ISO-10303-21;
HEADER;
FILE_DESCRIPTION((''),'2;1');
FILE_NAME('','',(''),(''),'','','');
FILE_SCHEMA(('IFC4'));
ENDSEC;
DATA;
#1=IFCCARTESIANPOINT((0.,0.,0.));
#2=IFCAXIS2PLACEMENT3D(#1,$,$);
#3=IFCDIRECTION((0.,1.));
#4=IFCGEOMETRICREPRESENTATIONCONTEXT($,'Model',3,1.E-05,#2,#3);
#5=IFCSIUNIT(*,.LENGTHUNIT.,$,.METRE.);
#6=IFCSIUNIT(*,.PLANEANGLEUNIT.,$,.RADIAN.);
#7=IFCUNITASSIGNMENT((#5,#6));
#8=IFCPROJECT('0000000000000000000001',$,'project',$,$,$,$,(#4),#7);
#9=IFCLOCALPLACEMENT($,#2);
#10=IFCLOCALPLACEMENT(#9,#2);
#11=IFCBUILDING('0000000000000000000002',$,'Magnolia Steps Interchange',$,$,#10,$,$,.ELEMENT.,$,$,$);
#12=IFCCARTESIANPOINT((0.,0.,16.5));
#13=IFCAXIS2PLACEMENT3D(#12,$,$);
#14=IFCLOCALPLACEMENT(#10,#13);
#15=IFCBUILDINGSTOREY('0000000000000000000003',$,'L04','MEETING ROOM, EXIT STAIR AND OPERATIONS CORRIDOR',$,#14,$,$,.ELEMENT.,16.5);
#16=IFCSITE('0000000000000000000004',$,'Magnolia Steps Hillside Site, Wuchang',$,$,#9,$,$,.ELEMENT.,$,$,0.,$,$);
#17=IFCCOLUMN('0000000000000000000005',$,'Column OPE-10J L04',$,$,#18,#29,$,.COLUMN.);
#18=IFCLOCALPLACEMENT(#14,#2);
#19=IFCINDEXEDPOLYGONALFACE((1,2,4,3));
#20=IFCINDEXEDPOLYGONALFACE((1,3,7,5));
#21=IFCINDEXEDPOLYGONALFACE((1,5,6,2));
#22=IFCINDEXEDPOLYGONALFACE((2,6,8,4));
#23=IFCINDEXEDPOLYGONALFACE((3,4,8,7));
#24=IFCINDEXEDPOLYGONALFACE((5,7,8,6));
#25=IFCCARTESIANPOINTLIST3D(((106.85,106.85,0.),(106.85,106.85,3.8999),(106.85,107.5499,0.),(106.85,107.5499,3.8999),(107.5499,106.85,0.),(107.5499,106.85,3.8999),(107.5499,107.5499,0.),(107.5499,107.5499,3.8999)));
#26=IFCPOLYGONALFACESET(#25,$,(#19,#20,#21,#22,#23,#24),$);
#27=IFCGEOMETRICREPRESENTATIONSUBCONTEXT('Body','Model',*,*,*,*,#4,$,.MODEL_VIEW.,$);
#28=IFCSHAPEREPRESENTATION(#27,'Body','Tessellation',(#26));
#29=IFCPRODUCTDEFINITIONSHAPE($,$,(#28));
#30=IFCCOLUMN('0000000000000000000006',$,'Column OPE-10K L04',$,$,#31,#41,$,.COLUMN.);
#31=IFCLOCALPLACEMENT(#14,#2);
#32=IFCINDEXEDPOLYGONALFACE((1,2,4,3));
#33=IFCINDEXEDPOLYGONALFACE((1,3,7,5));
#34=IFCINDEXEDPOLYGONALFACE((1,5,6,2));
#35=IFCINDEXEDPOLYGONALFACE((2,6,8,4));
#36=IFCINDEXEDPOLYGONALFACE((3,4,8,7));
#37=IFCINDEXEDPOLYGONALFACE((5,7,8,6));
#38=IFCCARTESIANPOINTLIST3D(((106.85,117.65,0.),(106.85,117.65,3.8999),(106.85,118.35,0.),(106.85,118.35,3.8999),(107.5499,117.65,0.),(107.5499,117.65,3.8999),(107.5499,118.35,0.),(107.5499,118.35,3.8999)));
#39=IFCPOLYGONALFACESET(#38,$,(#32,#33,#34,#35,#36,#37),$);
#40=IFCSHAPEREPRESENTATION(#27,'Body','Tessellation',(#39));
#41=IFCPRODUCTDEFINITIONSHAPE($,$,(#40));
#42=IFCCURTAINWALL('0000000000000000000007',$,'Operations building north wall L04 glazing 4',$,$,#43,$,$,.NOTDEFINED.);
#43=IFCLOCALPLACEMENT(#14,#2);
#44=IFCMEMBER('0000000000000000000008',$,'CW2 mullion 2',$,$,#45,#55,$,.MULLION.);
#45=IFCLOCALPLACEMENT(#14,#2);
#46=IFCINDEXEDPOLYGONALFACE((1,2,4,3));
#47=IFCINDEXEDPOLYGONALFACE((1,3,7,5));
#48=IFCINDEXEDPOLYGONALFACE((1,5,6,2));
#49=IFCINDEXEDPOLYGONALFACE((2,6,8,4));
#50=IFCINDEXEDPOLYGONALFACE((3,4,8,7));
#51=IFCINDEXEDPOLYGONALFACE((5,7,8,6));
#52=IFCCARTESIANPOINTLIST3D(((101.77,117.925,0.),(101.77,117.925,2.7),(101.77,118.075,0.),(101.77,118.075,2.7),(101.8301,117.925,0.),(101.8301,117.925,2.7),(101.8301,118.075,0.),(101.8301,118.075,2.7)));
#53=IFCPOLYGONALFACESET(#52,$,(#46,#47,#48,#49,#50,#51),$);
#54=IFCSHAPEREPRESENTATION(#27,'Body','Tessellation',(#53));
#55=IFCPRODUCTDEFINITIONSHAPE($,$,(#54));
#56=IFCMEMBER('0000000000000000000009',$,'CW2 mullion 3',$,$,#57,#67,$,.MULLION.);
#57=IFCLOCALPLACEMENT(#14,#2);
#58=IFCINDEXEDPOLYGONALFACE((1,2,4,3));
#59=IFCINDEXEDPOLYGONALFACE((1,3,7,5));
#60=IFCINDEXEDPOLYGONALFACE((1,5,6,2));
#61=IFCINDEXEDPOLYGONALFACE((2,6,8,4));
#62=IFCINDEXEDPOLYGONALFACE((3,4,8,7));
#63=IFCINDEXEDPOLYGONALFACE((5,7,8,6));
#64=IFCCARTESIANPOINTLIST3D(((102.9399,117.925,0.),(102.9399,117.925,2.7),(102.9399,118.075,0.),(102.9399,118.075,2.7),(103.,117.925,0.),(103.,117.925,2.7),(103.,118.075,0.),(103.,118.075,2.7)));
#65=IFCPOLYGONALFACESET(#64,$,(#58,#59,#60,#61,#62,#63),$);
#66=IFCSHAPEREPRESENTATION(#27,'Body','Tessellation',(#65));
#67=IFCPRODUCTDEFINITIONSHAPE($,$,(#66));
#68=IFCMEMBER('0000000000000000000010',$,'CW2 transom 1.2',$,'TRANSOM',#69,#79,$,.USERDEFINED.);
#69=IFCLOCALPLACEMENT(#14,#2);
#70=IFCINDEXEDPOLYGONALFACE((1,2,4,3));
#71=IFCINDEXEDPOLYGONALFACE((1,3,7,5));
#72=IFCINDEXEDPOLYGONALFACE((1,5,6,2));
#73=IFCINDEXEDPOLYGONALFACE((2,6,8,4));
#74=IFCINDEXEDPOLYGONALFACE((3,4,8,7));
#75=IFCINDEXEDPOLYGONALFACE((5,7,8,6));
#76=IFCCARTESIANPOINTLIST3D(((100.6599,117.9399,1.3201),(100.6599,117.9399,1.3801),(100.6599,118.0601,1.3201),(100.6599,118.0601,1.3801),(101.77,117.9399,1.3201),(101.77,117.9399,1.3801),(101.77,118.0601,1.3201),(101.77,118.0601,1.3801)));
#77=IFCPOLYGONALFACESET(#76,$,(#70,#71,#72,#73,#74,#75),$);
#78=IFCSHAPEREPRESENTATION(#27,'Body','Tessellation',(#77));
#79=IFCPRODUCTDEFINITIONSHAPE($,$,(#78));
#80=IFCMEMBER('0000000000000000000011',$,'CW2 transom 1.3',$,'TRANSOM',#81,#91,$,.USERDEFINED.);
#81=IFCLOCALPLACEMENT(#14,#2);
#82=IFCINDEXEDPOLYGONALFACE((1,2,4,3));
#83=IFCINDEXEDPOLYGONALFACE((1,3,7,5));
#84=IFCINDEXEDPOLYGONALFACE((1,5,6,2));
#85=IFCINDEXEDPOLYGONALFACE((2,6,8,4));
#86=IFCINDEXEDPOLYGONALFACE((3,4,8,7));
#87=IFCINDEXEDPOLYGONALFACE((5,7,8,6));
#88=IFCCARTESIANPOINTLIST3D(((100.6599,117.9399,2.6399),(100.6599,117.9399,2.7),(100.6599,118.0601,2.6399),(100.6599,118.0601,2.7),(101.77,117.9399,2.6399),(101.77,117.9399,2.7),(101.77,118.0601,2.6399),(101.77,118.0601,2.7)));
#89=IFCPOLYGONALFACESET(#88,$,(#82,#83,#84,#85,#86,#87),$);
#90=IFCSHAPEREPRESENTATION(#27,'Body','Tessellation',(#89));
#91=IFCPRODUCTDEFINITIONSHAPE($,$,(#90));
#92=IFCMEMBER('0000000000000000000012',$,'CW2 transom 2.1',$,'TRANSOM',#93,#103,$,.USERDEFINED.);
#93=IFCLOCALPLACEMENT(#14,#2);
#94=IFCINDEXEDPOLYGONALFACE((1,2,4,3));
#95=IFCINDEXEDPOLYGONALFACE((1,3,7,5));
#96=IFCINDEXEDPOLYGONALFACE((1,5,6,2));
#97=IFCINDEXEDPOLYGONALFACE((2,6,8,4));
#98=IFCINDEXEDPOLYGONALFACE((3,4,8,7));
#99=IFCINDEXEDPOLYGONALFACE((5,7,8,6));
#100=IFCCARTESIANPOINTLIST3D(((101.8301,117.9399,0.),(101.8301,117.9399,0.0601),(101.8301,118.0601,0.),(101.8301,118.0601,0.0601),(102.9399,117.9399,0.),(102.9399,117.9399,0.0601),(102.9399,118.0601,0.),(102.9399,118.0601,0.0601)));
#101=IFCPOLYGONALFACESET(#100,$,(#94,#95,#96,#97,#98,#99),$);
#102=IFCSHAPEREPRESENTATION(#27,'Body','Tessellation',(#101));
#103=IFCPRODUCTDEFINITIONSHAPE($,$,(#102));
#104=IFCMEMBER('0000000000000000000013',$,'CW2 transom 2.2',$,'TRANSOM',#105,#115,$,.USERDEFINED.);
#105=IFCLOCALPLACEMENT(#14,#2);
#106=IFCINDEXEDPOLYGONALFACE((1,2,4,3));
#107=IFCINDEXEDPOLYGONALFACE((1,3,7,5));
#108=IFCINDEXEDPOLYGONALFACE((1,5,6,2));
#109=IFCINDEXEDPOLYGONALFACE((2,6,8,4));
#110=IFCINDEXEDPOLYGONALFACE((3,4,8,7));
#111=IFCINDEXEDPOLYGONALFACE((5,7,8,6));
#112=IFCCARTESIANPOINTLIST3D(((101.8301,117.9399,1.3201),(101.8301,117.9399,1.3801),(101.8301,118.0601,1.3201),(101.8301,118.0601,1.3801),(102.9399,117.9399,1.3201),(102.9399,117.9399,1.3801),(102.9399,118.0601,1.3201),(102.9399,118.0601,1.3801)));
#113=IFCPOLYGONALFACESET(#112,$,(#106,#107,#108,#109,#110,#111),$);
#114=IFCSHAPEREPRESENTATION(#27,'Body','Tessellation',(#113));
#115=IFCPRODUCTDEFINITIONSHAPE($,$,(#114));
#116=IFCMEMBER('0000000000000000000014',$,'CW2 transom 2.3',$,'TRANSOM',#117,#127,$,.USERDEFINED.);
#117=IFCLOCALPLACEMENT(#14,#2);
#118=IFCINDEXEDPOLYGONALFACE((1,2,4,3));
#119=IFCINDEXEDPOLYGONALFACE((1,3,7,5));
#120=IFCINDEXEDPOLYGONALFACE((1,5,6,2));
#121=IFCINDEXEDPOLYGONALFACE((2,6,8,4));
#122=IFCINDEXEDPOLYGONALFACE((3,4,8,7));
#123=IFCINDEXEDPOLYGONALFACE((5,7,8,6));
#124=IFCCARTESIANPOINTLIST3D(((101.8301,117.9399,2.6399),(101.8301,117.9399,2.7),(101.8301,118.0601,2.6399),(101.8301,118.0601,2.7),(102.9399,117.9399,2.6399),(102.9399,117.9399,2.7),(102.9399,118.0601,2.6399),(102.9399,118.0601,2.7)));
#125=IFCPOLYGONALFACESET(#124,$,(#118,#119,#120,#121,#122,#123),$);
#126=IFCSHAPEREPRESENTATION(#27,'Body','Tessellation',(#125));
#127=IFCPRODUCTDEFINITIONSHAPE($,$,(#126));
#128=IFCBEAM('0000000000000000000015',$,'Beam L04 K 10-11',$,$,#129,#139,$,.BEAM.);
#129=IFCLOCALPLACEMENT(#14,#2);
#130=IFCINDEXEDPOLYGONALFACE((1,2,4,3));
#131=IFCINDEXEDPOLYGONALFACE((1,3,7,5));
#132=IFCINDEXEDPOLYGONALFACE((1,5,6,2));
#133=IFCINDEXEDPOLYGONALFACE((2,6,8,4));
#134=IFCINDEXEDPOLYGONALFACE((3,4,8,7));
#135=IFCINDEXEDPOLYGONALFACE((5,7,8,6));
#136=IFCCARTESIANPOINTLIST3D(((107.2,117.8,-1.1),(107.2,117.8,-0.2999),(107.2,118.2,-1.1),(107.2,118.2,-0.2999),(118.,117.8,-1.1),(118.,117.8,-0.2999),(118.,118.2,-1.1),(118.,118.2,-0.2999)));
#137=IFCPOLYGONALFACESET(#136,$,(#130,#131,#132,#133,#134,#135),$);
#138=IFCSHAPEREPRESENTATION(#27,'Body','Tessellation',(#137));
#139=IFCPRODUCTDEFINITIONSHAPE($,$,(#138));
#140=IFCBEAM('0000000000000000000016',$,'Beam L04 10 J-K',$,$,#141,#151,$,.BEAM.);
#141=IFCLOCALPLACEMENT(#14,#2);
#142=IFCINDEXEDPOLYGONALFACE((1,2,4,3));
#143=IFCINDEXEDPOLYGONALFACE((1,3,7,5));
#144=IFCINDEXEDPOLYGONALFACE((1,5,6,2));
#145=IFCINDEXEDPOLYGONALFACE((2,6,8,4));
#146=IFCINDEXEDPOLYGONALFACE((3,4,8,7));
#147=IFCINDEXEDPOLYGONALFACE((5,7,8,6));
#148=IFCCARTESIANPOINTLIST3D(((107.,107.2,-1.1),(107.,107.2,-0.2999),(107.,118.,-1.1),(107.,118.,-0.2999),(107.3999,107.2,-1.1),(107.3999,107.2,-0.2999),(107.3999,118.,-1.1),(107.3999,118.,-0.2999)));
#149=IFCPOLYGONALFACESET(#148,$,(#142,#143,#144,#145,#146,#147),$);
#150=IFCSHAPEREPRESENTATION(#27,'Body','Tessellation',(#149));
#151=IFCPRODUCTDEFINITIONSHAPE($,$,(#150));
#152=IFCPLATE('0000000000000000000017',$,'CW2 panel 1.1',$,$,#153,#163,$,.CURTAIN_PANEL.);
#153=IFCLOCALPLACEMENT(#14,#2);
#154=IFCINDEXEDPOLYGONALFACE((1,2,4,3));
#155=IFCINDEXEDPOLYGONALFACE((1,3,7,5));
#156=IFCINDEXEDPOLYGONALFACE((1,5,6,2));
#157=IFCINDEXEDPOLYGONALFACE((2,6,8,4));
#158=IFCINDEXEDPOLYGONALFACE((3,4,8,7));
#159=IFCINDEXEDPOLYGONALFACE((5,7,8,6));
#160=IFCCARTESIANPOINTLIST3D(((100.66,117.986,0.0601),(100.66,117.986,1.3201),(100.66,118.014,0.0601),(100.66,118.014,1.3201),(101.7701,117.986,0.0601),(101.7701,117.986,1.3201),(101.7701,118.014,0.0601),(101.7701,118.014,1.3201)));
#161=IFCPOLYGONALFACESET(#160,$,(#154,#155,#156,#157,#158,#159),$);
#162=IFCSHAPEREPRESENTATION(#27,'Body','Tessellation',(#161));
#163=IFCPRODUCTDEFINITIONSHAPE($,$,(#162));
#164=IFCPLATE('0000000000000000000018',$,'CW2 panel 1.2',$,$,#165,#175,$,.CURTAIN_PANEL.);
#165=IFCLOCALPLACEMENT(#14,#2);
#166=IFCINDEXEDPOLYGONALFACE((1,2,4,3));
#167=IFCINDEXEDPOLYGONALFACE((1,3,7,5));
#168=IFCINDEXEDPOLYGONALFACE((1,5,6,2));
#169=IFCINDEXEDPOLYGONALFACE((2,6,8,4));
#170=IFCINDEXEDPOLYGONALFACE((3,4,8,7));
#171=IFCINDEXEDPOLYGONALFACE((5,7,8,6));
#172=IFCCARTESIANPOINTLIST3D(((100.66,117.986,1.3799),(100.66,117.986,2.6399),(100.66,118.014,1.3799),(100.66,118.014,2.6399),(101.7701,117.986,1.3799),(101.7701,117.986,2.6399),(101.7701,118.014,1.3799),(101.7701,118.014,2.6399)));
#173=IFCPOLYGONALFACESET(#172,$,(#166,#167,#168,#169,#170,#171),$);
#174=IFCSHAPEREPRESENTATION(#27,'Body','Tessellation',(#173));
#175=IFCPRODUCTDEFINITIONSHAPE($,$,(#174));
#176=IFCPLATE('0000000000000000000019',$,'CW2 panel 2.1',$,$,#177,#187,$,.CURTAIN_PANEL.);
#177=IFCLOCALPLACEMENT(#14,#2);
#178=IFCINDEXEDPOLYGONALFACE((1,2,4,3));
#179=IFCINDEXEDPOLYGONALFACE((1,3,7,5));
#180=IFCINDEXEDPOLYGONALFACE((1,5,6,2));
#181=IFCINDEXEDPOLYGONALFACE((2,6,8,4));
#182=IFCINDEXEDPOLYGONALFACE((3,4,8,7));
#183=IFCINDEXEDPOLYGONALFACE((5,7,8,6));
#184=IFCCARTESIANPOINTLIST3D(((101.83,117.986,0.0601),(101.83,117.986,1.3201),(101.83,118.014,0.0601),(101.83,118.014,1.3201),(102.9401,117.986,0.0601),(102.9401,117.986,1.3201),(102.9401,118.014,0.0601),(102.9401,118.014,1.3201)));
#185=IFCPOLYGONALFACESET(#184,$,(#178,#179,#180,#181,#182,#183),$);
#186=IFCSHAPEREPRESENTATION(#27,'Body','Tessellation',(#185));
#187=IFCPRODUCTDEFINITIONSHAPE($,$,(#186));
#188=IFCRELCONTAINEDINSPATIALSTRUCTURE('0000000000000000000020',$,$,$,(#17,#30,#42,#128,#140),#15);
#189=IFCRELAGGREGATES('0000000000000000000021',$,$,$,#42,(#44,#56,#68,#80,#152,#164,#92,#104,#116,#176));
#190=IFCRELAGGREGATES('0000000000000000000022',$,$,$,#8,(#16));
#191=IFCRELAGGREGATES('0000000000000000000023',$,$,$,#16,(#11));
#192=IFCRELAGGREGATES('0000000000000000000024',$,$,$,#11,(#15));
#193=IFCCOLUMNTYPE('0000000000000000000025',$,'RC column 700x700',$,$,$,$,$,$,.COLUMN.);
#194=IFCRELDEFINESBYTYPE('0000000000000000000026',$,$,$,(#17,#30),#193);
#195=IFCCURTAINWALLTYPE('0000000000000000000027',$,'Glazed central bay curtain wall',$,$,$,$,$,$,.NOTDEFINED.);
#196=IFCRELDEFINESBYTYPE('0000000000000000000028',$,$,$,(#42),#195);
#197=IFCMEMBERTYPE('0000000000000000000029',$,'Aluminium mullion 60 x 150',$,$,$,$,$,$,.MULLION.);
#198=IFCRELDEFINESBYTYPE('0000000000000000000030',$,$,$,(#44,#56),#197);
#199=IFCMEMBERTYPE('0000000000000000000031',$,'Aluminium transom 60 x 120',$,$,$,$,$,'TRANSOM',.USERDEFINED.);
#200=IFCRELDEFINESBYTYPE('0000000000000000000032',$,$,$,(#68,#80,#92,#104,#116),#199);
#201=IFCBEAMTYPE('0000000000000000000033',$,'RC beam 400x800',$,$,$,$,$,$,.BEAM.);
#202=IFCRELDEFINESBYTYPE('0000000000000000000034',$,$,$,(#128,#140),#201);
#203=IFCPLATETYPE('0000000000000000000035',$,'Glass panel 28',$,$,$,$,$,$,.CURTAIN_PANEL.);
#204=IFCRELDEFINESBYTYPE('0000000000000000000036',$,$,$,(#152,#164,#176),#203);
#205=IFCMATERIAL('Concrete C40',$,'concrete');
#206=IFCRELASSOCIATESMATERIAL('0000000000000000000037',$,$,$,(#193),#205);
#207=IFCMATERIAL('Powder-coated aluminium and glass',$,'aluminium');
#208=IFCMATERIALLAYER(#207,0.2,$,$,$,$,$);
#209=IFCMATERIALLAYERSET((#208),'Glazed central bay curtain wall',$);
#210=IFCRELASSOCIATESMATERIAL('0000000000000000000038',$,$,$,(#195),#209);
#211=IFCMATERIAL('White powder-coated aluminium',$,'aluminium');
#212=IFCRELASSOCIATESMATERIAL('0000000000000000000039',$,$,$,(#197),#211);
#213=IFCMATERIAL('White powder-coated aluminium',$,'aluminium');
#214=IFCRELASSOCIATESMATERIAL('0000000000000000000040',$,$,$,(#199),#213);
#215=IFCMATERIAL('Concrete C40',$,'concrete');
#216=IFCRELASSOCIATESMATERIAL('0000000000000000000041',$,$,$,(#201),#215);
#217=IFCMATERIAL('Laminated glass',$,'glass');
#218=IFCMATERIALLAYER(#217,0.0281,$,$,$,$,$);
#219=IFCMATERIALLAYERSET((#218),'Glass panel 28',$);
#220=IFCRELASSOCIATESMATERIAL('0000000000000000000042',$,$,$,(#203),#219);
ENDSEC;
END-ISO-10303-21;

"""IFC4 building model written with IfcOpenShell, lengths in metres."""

from ifc_helpers import new_model, si_unit, direction, frame, origin, origin_2d, place, context, subcontext, project, spatial, rectangle, extrude, material, layer, layer_set, material_profile, profile_set, type_object, element, aggregate, save


model = new_model("IFC4")

# Units and contexts
model_context = context("Model", 3, precision=1e-05, world=origin(), true_north=direction((0.0, 1.0)))
body_context = subcontext(model_context, "Body", "Model", "MODEL_VIEW")
ifc_project = project(units=[si_unit("LENGTHUNIT", "METRE"), si_unit("PLANEANGLEUNIT", "RADIAN")], contexts=[model_context])

# Site, building, storey
site_placement = place(None, origin())
site = spatial("IfcSite", under=ifc_project, at=site_placement, Name="Magnolia Steps Hillside Site, Wuchang", CompositionType="ELEMENT", RefElevation=0.0)
building_placement = place(site_placement, origin())
building = spatial("IfcBuilding", under=site, at=building_placement, Name="Magnolia Steps Interchange", CompositionType="ELEMENT")
storey_placement = place(building_placement, frame((0.0, 0.0, 16.5)))
storey = spatial("IfcBuildingStorey", under=building, at=storey_placement, Name="L04", Description="MEETING ROOM, EXIT STAIR AND OPERATIONS CORRIDOR", CompositionType="ELEMENT", Elevation=16.5)

# Columns
ifc_material_1 = material(Name="Concrete C40", Category="concrete")
ifc_material_profile_1 = material_profile(ifc_material_1, rectangle(XDim=0.7, YDim=0.7, at=origin_2d()), Name="RC700x700")
ifc_profile_set_1 = profile_set([ifc_material_profile_1], Name="Concrete C40")
column_type = type_object("IfcColumnType", Name="RC column 700x700", PredefinedType="COLUMN", material=ifc_profile_set_1)
for number, where, z_axis, x_axis, name in (
    (1, (107.2, 107.2, 0.0), (0.0, 0.0, 1.0), (1.0, 0.0, 0.0), "Column OPE-10J L04"),
    (2, (107.2, 118.0, 0.0), (0.0, 0.0, 1.0), (1.0, 0.0, 0.0), "Column OPE-10K L04"),
):
    element("IfcColumn", number, at=place(storey_placement, frame(where, z_axis=z_axis, x_axis=x_axis)), inside=storey, type_object=column_type, Name=name, PredefinedType="COLUMN", context=body_context, shape_type="SweptSolid", body=[
        extrude(rectangle(XDim=0.7, YDim=0.7, at=origin_2d()), origin(), (0.0, 0.0, 1.0), 3.8999),
    ])

# Curtain wall, members
ifc_material_2 = material(Name="Powder-coated aluminium and glass", Category="aluminium")
ifc_layer_1 = layer(ifc_material_2, 0.2)
ifc_layer_set_1 = layer_set([ifc_layer_1], Name="Glazed central bay curtain wall")
curtain_wall_type = type_object("IfcCurtainWallType", Name="Glazed central bay curtain wall", PredefinedType="NOTDEFINED", material=ifc_layer_set_1)
curtain_wall_placement = place(storey_placement, origin())
curtain_wall = element("IfcCurtainWall", 3, at=curtain_wall_placement, inside=storey, type_object=curtain_wall_type, Name="Operations building north wall L04 glazing 4", PredefinedType="NOTDEFINED")
ifc_material_3 = material(Name="White powder-coated aluminium", Category="aluminium")
ifc_material_profile_2 = material_profile(ifc_material_3, rectangle(XDim=0.0601, YDim=0.1499, at=origin_2d()), Name="Aluminium mullion 60 x 150")
ifc_profile_set_2 = profile_set([ifc_material_profile_2], Name="White powder-coated aluminium")
member_type_1 = type_object("IfcMemberType", Name="Aluminium mullion 60 x 150", PredefinedType="MULLION", material=ifc_profile_set_2)
member_1_placement = place(storey_placement, frame((101.8, 118.0, 0.0), z_axis=(0.0, 0.0, 1.0), x_axis=(1.0, 0.0, 0.0)))
member_1 = element("IfcMember", 4, at=member_1_placement, type_object=member_type_1, Name="CW2 mullion 2", PredefinedType="MULLION", context=body_context, shape_type="SweptSolid", body=[
    extrude(rectangle(XDim=0.0601, YDim=0.1499, at=origin_2d()), origin(), (0.0, 0.0, 1.0), 2.7),
])
member_2_placement = place(storey_placement, frame((102.97, 118.0, 0.0), z_axis=(0.0, 0.0, 1.0), x_axis=(1.0, 0.0, 0.0)))
member_2 = element("IfcMember", 5, at=member_2_placement, type_object=member_type_1, Name="CW2 mullion 3", PredefinedType="MULLION", context=body_context, shape_type="SweptSolid", body=[
    extrude(rectangle(XDim=0.0601, YDim=0.1499, at=origin_2d()), origin(), (0.0, 0.0, 1.0), 2.7),
])
ifc_material_4 = material(Name="White powder-coated aluminium", Category="aluminium")
ifc_material_profile_3 = material_profile(ifc_material_4, rectangle(XDim=0.0601, YDim=0.1201, at=origin_2d()), Name="Aluminium transom 60 x 120")
ifc_profile_set_3 = profile_set([ifc_material_profile_3], Name="White powder-coated aluminium")
member_type_2 = type_object("IfcMemberType", Name="Aluminium transom 60 x 120", ElementType="TRANSOM", PredefinedType="USERDEFINED", material=ifc_profile_set_3)
member_3_placement = place(storey_placement, frame((100.6599, 118.0, 1.3501), z_axis=(1.0, 0.0, 0.0), x_axis=(0.0, 0.0, 1.0)))
member_3 = element("IfcMember", 6, at=member_3_placement, type_object=member_type_2, Name="CW2 transom 1.2", ObjectType="TRANSOM", PredefinedType="USERDEFINED", context=body_context, shape_type="SweptSolid", body=[
    extrude(rectangle(XDim=0.0601, YDim=0.1201, at=origin_2d()), origin(), (0.0, 0.0, 1.0), 1.1101),
])
member_4_placement = place(storey_placement, frame((100.6599, 118.0, 2.6699), z_axis=(1.0, 0.0, 0.0), x_axis=(0.0, 0.0, 1.0)))
member_4 = element("IfcMember", 7, at=member_4_placement, type_object=member_type_2, Name="CW2 transom 1.3", ObjectType="TRANSOM", PredefinedType="USERDEFINED", context=body_context, shape_type="SweptSolid", body=[
    extrude(rectangle(XDim=0.0601, YDim=0.1201, at=origin_2d()), origin(), (0.0, 0.0, 1.0), 1.1101),
])
member_5_placement = place(storey_placement, frame((101.8301, 118.0, 0.03), z_axis=(1.0, 0.0, 0.0), x_axis=(0.0, 0.0, 1.0)))
member_5 = element("IfcMember", 8, at=member_5_placement, type_object=member_type_2, Name="CW2 transom 2.1", ObjectType="TRANSOM", PredefinedType="USERDEFINED", context=body_context, shape_type="SweptSolid", body=[
    extrude(rectangle(XDim=0.0601, YDim=0.1201, at=origin_2d()), origin(), (0.0, 0.0, 1.0), 1.1099),
])
member_6_placement = place(storey_placement, frame((101.8301, 118.0, 1.3501), z_axis=(1.0, 0.0, 0.0), x_axis=(0.0, 0.0, 1.0)))
member_6 = element("IfcMember", 9, at=member_6_placement, type_object=member_type_2, Name="CW2 transom 2.2", ObjectType="TRANSOM", PredefinedType="USERDEFINED", context=body_context, shape_type="SweptSolid", body=[
    extrude(rectangle(XDim=0.0601, YDim=0.1201, at=origin_2d()), origin(), (0.0, 0.0, 1.0), 1.1099),
])
member_7_placement = place(storey_placement, frame((101.8301, 118.0, 2.6699), z_axis=(1.0, 0.0, 0.0), x_axis=(0.0, 0.0, 1.0)))
member_7 = element("IfcMember", 10, at=member_7_placement, type_object=member_type_2, Name="CW2 transom 2.3", ObjectType="TRANSOM", PredefinedType="USERDEFINED", context=body_context, shape_type="SweptSolid", body=[
    extrude(rectangle(XDim=0.0601, YDim=0.1201, at=origin_2d()), origin(), (0.0, 0.0, 1.0), 1.1099),
])

# Beams
ifc_material_5 = material(Name="Concrete C40", Category="concrete")
ifc_material_profile_4 = material_profile(ifc_material_5, rectangle(XDim=0.3999, YDim=0.8, at=origin_2d()), Name="RC400x800")
ifc_profile_set_4 = profile_set([ifc_material_profile_4], Name="Concrete C40")
beam_type = type_object("IfcBeamType", Name="RC beam 400x800", PredefinedType="BEAM", material=ifc_profile_set_4)
for number, where, z_axis, x_axis, name in (
    (11, (107.2, 118.0, -0.7), (1.0, 0.0, 0.0), (0.0, 1.0, 0.0), "Beam L04 K 10-11"),
    (12, (107.2, 107.2, -0.7), (0.0, 1.0, 0.0), (-1.0, 0.0, 0.0), "Beam L04 10 J-K"),
):
    element("IfcBeam", number, at=place(storey_placement, frame(where, z_axis=z_axis, x_axis=x_axis)), inside=storey, type_object=beam_type, Name=name, PredefinedType="BEAM", context=body_context, shape_type="SweptSolid", body=[
        extrude(rectangle(XDim=0.3999, YDim=0.8, at=origin_2d()), origin(), (0.0, 0.0, 1.0), 10.8),
    ])

# Plates
ifc_material_6 = material(Name="Laminated glass", Category="glass")
ifc_layer_2 = layer(ifc_material_6, 0.0281)
ifc_layer_set_2 = layer_set([ifc_layer_2], Name="Glass panel 28")
plate_type = type_object("IfcPlateType", Name="Glass panel 28", PredefinedType="CURTAIN_PANEL", material=ifc_layer_set_2)
plate_1_placement = place(storey_placement, frame((101.2151, 118.0, 0.0601), z_axis=(0.0, 0.0, 1.0), x_axis=(1.0, 0.0, 0.0)))
plate_1 = element("IfcPlate", 13, at=plate_1_placement, type_object=plate_type, Name="CW2 panel 1.1", PredefinedType="CURTAIN_PANEL", context=body_context, shape_type="SweptSolid", body=[
    extrude(rectangle(XDim=1.1101, YDim=0.0281, at=origin_2d()), origin(), (0.0, 0.0, 1.0), 1.26),
])
plate_2_placement = place(storey_placement, frame((101.2151, 118.0, 1.3799), z_axis=(0.0, 0.0, 1.0), x_axis=(1.0, 0.0, 0.0)))
plate_2 = element("IfcPlate", 14, at=plate_2_placement, type_object=plate_type, Name="CW2 panel 1.2", PredefinedType="CURTAIN_PANEL", context=body_context, shape_type="SweptSolid", body=[
    extrude(rectangle(XDim=1.1101, YDim=0.0281, at=origin_2d()), origin(), (0.0, 0.0, 1.0), 1.26),
])
plate_3_placement = place(storey_placement, frame((102.385, 118.0, 0.0601), z_axis=(0.0, 0.0, 1.0), x_axis=(1.0, 0.0, 0.0)))
plate_3 = element("IfcPlate", 15, at=plate_3_placement, type_object=plate_type, Name="CW2 panel 2.1", PredefinedType="CURTAIN_PANEL", context=body_context, shape_type="SweptSolid", body=[
    extrude(rectangle(XDim=1.1101, YDim=0.0281, at=origin_2d()), origin(), (0.0, 0.0, 1.0), 1.26),
])
aggregate(curtain_wall, [member_1, member_2, member_3, member_4, plate_1, plate_2, member_5, member_6, member_7, plate_3])

save(model, "model.ifc")
